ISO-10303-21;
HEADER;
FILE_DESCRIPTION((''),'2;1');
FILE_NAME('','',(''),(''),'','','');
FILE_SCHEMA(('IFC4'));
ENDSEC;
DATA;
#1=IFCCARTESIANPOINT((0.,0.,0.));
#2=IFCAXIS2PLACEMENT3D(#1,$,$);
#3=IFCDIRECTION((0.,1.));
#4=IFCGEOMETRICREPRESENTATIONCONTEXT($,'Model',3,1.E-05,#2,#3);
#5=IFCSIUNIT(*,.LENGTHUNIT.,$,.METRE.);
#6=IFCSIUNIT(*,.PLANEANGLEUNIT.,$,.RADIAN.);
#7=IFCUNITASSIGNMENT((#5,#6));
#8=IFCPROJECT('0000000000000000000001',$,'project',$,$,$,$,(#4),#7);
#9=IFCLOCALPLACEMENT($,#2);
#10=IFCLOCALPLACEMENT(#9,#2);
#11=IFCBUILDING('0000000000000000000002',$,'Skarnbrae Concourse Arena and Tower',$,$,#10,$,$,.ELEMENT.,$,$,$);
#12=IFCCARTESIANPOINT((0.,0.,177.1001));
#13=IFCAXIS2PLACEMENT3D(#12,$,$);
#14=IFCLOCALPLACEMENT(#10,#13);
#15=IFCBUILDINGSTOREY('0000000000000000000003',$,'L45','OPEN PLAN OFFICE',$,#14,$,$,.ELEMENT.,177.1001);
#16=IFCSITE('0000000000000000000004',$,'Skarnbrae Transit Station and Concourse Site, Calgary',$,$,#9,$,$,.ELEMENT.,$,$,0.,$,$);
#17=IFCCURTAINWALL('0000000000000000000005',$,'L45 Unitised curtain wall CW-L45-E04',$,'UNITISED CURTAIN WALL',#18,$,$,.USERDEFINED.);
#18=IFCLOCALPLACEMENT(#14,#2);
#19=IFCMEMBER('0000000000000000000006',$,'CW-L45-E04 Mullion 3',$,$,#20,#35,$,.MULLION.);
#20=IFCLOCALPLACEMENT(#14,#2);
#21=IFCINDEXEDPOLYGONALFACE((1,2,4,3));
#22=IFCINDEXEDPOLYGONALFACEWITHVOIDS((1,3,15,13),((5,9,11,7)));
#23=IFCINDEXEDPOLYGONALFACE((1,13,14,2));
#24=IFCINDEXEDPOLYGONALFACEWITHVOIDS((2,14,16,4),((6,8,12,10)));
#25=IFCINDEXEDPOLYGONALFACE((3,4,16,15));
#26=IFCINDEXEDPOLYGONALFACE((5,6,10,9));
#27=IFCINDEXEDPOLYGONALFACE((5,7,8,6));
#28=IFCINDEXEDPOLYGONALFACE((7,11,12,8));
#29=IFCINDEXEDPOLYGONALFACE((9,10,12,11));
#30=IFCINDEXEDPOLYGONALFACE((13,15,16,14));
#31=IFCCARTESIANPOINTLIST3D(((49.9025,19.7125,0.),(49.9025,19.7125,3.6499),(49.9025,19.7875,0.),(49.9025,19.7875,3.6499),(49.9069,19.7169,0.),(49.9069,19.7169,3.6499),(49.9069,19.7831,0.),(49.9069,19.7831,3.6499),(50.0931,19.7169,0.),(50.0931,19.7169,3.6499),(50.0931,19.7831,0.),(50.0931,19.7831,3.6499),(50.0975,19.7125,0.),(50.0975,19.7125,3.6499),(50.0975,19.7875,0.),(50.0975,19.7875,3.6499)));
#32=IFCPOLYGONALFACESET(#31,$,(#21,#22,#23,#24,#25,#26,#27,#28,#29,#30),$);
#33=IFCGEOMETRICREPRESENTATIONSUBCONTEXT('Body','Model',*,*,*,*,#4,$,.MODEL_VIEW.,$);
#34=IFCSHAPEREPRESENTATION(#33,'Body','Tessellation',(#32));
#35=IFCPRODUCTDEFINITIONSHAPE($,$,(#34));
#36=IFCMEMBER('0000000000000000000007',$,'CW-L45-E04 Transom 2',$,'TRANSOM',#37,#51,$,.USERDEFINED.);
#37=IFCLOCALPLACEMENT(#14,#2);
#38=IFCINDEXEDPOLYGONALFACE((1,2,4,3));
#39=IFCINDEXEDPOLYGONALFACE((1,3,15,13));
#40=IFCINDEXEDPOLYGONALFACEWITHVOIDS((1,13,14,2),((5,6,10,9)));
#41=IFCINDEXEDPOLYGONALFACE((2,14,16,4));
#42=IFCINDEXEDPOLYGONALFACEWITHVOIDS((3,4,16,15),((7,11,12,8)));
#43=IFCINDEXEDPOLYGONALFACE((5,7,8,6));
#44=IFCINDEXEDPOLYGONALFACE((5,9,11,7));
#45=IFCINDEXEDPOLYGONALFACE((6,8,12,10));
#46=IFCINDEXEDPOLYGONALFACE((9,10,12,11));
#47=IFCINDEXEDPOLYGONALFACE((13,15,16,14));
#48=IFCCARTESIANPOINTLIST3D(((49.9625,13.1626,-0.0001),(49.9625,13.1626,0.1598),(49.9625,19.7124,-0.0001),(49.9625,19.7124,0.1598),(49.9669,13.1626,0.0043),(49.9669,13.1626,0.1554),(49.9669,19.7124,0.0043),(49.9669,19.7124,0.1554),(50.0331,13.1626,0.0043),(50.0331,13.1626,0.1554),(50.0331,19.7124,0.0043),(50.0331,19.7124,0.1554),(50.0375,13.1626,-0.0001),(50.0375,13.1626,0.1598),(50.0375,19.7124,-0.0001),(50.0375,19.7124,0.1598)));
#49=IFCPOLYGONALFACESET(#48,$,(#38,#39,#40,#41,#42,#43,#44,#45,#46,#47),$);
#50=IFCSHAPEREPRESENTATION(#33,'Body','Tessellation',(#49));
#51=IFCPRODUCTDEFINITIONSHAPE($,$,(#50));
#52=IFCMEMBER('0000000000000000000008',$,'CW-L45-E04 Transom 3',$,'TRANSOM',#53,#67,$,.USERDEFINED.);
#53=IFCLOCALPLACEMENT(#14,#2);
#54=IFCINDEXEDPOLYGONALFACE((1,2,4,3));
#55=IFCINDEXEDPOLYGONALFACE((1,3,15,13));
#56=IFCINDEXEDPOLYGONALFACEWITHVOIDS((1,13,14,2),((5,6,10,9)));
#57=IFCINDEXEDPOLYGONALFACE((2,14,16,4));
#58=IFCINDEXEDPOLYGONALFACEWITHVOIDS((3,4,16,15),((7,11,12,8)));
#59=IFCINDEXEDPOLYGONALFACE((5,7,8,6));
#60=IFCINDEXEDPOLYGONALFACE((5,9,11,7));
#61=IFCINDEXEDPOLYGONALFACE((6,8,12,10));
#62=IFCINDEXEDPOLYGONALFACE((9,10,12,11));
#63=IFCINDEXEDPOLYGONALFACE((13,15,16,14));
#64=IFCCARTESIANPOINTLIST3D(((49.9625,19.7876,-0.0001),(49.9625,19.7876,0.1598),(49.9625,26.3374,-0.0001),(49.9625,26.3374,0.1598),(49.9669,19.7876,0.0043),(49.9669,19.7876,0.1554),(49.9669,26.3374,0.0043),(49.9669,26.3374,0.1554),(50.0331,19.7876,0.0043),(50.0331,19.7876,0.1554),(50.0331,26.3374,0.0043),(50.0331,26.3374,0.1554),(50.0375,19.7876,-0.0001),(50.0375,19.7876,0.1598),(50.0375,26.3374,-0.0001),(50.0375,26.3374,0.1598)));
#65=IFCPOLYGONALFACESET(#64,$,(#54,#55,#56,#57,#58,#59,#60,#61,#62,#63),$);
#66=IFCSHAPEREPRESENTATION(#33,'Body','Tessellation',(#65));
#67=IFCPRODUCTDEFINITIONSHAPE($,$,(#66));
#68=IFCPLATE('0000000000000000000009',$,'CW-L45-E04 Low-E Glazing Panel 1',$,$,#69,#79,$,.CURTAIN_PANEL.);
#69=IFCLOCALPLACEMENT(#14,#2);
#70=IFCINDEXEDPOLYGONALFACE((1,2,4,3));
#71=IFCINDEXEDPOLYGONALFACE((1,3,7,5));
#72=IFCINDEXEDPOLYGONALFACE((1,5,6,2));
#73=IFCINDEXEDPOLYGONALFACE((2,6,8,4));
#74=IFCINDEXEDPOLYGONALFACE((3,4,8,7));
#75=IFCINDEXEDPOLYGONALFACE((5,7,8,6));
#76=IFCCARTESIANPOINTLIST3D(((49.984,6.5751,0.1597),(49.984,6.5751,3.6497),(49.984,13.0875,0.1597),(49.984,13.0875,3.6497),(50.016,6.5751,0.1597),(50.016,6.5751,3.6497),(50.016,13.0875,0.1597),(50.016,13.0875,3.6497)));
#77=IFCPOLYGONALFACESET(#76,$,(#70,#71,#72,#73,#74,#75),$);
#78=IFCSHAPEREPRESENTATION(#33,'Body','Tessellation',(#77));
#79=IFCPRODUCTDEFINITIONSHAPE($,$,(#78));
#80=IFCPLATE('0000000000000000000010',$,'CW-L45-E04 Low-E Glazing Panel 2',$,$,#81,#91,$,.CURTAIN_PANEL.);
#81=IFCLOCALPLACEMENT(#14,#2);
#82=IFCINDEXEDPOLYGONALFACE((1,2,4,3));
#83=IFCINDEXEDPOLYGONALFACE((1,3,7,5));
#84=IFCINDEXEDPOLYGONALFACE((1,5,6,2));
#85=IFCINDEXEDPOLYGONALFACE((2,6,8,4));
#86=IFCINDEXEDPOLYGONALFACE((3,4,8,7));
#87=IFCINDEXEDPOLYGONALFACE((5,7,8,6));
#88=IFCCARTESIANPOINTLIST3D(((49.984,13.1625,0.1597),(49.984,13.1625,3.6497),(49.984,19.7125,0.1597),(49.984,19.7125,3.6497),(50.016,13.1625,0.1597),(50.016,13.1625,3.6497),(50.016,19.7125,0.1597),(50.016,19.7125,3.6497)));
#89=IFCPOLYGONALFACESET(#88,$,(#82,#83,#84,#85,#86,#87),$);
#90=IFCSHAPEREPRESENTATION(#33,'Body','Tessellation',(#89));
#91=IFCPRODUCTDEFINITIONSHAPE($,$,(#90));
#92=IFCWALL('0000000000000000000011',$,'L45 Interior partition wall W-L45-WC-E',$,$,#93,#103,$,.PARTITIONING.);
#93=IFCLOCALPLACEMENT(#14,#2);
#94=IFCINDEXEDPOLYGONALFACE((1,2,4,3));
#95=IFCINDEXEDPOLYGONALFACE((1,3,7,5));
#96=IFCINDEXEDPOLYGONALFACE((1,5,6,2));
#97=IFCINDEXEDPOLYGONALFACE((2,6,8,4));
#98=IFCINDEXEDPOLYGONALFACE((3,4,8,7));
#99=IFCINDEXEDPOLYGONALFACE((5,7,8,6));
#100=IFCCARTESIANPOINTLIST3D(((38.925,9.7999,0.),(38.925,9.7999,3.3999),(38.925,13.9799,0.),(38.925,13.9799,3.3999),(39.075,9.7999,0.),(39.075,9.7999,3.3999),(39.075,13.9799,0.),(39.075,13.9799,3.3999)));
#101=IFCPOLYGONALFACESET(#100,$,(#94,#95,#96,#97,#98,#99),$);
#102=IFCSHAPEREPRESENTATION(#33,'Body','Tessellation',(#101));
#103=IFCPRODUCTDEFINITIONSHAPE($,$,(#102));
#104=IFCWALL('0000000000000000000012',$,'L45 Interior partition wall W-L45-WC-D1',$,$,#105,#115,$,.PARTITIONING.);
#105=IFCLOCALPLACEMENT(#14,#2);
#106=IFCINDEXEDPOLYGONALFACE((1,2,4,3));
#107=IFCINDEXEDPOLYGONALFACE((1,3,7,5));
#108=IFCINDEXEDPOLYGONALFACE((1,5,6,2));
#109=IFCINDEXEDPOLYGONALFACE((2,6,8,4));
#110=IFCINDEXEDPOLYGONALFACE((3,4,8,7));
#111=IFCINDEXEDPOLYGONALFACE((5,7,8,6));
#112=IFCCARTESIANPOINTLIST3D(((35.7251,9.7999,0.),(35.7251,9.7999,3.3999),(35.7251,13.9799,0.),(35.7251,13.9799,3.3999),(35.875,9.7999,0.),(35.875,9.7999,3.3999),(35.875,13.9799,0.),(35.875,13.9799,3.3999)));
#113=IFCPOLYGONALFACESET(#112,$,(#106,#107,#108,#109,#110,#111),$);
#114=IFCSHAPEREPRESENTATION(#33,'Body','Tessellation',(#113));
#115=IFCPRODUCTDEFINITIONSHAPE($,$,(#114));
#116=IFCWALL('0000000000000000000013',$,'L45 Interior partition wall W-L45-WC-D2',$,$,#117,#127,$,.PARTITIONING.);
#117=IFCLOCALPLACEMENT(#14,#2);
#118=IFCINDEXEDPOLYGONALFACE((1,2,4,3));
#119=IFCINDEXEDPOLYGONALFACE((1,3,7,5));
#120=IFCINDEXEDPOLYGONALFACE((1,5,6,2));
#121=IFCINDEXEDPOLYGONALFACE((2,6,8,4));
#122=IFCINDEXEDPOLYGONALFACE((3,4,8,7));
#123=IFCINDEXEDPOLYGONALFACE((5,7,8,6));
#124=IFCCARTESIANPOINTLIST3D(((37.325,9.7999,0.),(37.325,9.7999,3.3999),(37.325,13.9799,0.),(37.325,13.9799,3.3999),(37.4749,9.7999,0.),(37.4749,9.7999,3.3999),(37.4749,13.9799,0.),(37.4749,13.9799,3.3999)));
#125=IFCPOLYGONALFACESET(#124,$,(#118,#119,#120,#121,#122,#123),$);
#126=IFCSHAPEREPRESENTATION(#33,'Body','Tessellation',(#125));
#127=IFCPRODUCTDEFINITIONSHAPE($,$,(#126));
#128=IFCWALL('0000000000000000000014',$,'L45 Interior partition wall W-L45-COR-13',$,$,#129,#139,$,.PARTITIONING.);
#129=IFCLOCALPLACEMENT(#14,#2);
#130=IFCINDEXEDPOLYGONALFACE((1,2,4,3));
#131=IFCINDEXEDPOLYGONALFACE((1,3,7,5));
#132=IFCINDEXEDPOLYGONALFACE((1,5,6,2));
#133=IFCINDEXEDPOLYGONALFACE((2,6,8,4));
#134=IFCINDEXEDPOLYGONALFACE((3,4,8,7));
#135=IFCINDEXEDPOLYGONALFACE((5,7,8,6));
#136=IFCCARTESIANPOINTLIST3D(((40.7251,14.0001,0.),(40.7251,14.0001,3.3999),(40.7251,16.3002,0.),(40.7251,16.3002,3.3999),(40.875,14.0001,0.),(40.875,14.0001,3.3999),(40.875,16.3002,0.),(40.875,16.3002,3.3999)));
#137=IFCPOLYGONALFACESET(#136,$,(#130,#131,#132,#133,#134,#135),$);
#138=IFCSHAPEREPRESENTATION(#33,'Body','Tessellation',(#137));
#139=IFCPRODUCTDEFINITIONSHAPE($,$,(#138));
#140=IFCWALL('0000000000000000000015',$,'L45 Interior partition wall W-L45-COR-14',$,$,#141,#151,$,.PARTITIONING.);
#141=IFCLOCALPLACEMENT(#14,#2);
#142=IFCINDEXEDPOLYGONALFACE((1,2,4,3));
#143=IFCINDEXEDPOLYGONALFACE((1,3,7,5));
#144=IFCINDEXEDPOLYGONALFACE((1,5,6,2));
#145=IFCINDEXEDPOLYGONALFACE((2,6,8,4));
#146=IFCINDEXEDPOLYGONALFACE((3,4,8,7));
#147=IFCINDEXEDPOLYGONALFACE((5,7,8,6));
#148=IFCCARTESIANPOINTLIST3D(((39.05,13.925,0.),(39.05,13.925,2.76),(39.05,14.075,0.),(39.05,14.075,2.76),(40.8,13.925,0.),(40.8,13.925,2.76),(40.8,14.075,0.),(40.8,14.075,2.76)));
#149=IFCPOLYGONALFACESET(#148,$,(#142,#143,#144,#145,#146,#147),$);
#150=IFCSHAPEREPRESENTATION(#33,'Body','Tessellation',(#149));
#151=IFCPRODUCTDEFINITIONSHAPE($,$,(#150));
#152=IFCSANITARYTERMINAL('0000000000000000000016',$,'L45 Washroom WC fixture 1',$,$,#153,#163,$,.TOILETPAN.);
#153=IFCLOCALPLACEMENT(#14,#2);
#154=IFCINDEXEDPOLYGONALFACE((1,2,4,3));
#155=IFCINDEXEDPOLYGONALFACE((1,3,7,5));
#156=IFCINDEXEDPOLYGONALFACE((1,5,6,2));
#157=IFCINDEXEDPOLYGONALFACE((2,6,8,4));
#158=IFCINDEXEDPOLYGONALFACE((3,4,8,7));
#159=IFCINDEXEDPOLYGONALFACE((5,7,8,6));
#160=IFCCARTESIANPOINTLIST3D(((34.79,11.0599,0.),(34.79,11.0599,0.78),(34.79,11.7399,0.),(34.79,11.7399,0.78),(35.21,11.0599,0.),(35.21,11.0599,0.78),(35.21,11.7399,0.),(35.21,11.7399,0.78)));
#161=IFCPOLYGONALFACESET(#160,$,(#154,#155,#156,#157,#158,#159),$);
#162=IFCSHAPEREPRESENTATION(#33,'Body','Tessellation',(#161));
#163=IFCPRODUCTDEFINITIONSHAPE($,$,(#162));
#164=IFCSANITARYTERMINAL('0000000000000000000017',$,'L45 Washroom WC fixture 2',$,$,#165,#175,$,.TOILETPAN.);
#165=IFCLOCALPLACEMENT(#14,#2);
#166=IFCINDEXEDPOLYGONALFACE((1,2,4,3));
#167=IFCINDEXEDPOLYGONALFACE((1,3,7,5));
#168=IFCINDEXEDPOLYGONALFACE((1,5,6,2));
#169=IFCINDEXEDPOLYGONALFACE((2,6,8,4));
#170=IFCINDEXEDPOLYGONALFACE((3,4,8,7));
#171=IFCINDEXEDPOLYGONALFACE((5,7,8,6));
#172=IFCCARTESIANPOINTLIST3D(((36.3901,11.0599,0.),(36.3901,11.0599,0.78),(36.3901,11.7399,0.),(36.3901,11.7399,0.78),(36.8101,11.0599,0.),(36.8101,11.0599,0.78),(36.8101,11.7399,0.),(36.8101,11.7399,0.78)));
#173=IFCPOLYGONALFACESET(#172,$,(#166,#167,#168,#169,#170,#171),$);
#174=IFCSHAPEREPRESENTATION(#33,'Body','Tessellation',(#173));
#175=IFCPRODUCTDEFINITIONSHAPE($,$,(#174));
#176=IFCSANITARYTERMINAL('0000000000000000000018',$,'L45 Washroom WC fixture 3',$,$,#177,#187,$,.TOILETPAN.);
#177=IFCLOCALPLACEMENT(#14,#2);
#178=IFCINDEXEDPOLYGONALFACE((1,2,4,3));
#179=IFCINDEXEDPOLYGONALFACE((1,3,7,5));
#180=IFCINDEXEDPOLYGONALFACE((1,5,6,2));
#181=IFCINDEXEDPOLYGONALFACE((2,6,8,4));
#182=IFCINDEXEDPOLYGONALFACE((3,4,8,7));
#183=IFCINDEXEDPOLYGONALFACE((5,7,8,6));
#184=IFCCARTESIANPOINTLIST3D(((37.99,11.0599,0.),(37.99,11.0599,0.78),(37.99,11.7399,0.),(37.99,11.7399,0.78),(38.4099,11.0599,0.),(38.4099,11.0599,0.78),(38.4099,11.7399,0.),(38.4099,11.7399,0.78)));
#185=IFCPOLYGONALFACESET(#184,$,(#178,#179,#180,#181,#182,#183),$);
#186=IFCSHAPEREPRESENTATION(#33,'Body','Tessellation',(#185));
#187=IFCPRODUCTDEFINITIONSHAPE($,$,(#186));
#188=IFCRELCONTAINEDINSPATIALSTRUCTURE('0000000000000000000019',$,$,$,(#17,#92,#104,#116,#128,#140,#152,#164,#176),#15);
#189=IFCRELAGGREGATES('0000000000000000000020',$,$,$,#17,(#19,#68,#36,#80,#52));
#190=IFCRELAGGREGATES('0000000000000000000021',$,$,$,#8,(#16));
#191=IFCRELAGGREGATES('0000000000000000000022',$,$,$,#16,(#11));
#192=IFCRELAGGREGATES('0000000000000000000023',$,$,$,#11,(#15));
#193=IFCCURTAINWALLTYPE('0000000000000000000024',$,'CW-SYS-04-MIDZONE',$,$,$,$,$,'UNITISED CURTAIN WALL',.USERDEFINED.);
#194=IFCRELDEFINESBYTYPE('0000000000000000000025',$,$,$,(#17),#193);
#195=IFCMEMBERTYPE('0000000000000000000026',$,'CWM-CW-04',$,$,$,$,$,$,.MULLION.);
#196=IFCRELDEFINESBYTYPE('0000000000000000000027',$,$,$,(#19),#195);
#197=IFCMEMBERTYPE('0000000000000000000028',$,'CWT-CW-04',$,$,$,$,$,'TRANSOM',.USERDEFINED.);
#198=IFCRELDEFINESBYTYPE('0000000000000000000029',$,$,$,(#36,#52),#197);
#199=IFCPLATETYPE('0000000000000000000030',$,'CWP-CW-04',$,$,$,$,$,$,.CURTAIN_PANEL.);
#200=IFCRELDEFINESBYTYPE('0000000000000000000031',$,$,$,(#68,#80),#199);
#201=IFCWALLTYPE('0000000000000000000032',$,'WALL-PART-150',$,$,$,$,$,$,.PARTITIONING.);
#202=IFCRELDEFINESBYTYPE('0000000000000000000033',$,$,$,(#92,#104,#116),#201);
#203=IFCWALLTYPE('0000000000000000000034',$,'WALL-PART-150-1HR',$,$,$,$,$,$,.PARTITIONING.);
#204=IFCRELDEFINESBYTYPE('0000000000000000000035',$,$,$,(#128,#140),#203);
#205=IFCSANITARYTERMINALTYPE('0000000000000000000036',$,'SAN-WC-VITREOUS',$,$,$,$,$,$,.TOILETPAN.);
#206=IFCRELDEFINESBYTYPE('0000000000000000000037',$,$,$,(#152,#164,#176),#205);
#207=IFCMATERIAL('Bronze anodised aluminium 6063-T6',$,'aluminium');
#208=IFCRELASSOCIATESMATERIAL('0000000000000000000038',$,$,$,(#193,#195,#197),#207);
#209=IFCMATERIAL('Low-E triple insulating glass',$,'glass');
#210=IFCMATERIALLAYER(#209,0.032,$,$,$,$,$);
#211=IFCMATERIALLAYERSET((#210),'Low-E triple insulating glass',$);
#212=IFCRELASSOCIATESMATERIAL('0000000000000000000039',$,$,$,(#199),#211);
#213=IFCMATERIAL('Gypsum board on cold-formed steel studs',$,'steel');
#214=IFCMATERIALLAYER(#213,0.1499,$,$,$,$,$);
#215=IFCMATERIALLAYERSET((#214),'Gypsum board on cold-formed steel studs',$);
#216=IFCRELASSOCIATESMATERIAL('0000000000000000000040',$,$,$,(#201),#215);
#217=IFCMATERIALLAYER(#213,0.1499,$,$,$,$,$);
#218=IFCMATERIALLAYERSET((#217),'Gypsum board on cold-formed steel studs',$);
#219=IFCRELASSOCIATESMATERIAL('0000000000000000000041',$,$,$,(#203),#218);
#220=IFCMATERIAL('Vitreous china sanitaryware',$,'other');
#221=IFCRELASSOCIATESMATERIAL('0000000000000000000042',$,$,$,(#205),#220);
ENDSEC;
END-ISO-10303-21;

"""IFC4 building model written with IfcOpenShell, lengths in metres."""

from ifc_helpers import new_model, si_unit, direction, frame, frame_2d, origin, origin_2d, place, context, subcontext, project, spatial, rectangle, hollow_rectangle, extrude, source, transform, mapped, material, layer, layer_set, material_profile, profile_set, type_object, element, aggregate, save


model = new_model("IFC4")

# Units and contexts
model_context = context("Model", 3, precision=1e-05, world=origin(), true_north=direction((0.0, 1.0)))
body_context = subcontext(model_context, "Body", "Model", "MODEL_VIEW")
ifc_project = project(units=[si_unit("LENGTHUNIT", "METRE"), si_unit("PLANEANGLEUNIT", "RADIAN")], contexts=[model_context])

# Site, building, storey
site_placement = place(None, origin())
site = spatial("IfcSite", under=ifc_project, at=site_placement, Name="Skarnbrae Transit Station and Concourse Site, Calgary", CompositionType="ELEMENT", RefElevation=0.0)
building_placement = place(site_placement, origin())
building = spatial("IfcBuilding", under=site, at=building_placement, Name="Skarnbrae Concourse Arena and Tower", CompositionType="ELEMENT")
storey_placement = place(building_placement, frame((0.0, 0.0, 177.1001)))
storey = spatial("IfcBuildingStorey", under=building, at=storey_placement, Name="L45", Description="OPEN PLAN OFFICE", CompositionType="ELEMENT", Elevation=177.1001)

# Curtain wall, members, plates
ifc_material_1 = material(Name="Bronze anodised aluminium 6063-T6", Category="aluminium")
curtain_wall_type = type_object("IfcCurtainWallType", Name="CW-SYS-04-MIDZONE", ElementType="UNITISED CURTAIN WALL", PredefinedType="USERDEFINED", material=ifc_material_1)
curtain_wall_placement = place(storey_placement, origin())
curtain_wall = element("IfcCurtainWall", 1, at=curtain_wall_placement, inside=storey, type_object=curtain_wall_type, Name="L45 Unitised curtain wall CW-L45-E04", ObjectType="UNITISED CURTAIN WALL", PredefinedType="USERDEFINED")
ifc_material_profile_1 = material_profile(ifc_material_1, hollow_rectangle(XDim=0.075, YDim=0.1951, WallThickness=0.0044, at=origin_2d()), Name="ALU-MULL-75X195")
ifc_profile_set_1 = profile_set([ifc_material_profile_1], Name="Bronze anodised aluminium 6063-T6")
member_type_1 = type_object("IfcMemberType", Name="CWM-CW-04", PredefinedType="MULLION", material=ifc_profile_set_1)
shared_shape_1 = source(origin(), body_context, "Body", "SweptSolid", [
    extrude(hollow_rectangle(XDim=0.075, YDim=0.1951, WallThickness=0.0044, at=origin_2d()), origin(), (0.0, 0.0, 1.0), 3.6499),
])
member_1_placement = place(storey_placement, frame((50.0, 19.75, 0.0), z_axis=(0.0, 0.0, 1.0), x_axis=(0.0, 1.0, 0.0)))
member_1 = element("IfcMember", 2, at=member_1_placement, type_object=member_type_1, Name="CW-L45-E04 Mullion 3", PredefinedType="MULLION", context=body_context, shape_type="MappedRepresentation", body=[
    mapped(shared_shape_1, transform((0.0, 0.0, 0.0))),
])
ifc_material_profile_2 = material_profile(ifc_material_1, hollow_rectangle(XDim=0.075, YDim=0.1599, WallThickness=0.0044, at=origin_2d()), Name="ALU-TRAN-75X160")
ifc_profile_set_2 = profile_set([ifc_material_profile_2], Name="Bronze anodised aluminium 6063-T6")
member_type_2 = type_object("IfcMemberType", Name="CWT-CW-04", ElementType="TRANSOM", PredefinedType="USERDEFINED", material=ifc_profile_set_2)
shared_shape_2 = source(origin(), body_context, "Body", "SweptSolid", [
    extrude(hollow_rectangle(XDim=0.075, YDim=0.1599, WallThickness=0.0044, at=origin_2d()), origin(), (0.0, 0.0, 1.0), 6.5498),
])
member_2_placement = place(storey_placement, frame((50.0, 13.1626, 0.0798), z_axis=(0.0, 1.0, 0.0), x_axis=(-1.0, 0.0, 0.0)))
member_2 = element("IfcMember", 3, at=member_2_placement, type_object=member_type_2, Name="CW-L45-E04 Transom 2", ObjectType="TRANSOM", PredefinedType="USERDEFINED", context=body_context, shape_type="MappedRepresentation", body=[
    mapped(shared_shape_2, transform((0.0, 0.0, 0.0))),
])
member_3_placement = place(storey_placement, frame((50.0, 19.7876, 0.0798), z_axis=(0.0, 1.0, 0.0), x_axis=(-1.0, 0.0, 0.0)))
member_3 = element("IfcMember", 4, at=member_3_placement, type_object=member_type_2, Name="CW-L45-E04 Transom 3", ObjectType="TRANSOM", PredefinedType="USERDEFINED", context=body_context, shape_type="MappedRepresentation", body=[
    mapped(shared_shape_2, transform((0.0, 0.0, 0.0))),
])
ifc_material_2 = material(Name="Low-E triple insulating glass", Category="glass")
ifc_layer_1 = layer(ifc_material_2, 0.032)
ifc_layer_set_1 = layer_set([ifc_layer_1], Name="Low-E triple insulating glass")
plate_type = type_object("IfcPlateType", Name="CWP-CW-04", PredefinedType="CURTAIN_PANEL", material=ifc_layer_set_1)
shared_shape_3 = source(origin(), body_context, "Body", "SweptSolid", [
    extrude(rectangle(XDim=6.5125, YDim=0.032, at=origin_2d()), origin(), (0.0, 0.0, 1.0), 3.49),
])
plate_1_placement = place(storey_placement, frame((50.0, 9.8313, 0.1597), z_axis=(0.0, 0.0, 1.0), x_axis=(0.0, 1.0, 0.0)))
plate_1 = element("IfcPlate", 5, at=plate_1_placement, type_object=plate_type, Name="CW-L45-E04 Low-E Glazing Panel 1", PredefinedType="CURTAIN_PANEL", context=body_context, shape_type="MappedRepresentation", body=[
    mapped(shared_shape_3, transform((0.0, 0.0, 0.0))),
])
shared_shape_4 = source(origin(), body_context, "Body", "SweptSolid", [
    extrude(rectangle(XDim=6.55, YDim=0.032, at=origin_2d()), origin(), (0.0, 0.0, 1.0), 3.49),
])
plate_2_placement = place(storey_placement, frame((50.0, 16.4375, 0.1597), z_axis=(0.0, 0.0, 1.0), x_axis=(0.0, 1.0, 0.0)))
plate_2 = element("IfcPlate", 6, at=plate_2_placement, type_object=plate_type, Name="CW-L45-E04 Low-E Glazing Panel 2", PredefinedType="CURTAIN_PANEL", context=body_context, shape_type="MappedRepresentation", body=[
    mapped(shared_shape_4, transform((0.0, 0.0, 0.0))),
])
aggregate(curtain_wall, [member_1, plate_1, member_2, plate_2, member_3])

# Walls
ifc_material_3 = material(Name="Gypsum board on cold-formed steel studs", Category="steel")
ifc_layer_2 = layer(ifc_material_3, 0.1499)
ifc_layer_set_2 = layer_set([ifc_layer_2], Name="Gypsum board on cold-formed steel studs")
wall_type_1 = type_object("IfcWallType", Name="WALL-PART-150", PredefinedType="PARTITIONING", material=ifc_layer_set_2)
shared_shape_5 = source(origin(), body_context, "Body", "SweptSolid", [
    extrude(rectangle(XDim=4.1799, YDim=0.1499, at=frame_2d((2.0898, 0.0))), origin(), (0.0, 0.0, 1.0), 3.3999),
])
for number, where, z_axis, x_axis, name in (
    (7, (39.0, 9.8, 0.0), (0.0, 0.0, 1.0), (0.0, 1.0, 0.0), "L45 Interior partition wall W-L45-WC-E"),
    (8, (35.8, 9.8, 0.0), (0.0, 0.0, 1.0), (0.0, 1.0, 0.0), "L45 Interior partition wall W-L45-WC-D1"),
    (9, (37.3999, 9.8, 0.0), (0.0, 0.0, 1.0), (0.0, 1.0, 0.0), "L45 Interior partition wall W-L45-WC-D2"),
):
    element("IfcWall", number, at=place(storey_placement, frame(where, z_axis=z_axis, x_axis=x_axis)), inside=storey, type_object=wall_type_1, Name=name, PredefinedType="PARTITIONING", context=body_context, shape_type="MappedRepresentation", body=[
        mapped(shared_shape_5, transform((0.0, 0.0, 0.0))),
    ])
ifc_layer_3 = layer(ifc_material_3, 0.1499)
ifc_layer_set_3 = layer_set([ifc_layer_3], Name="Gypsum board on cold-formed steel studs")
wall_type_2 = type_object("IfcWallType", Name="WALL-PART-150-1HR", PredefinedType="PARTITIONING", material=ifc_layer_set_3)
shared_shape_6 = source(origin(), body_context, "Body", "SweptSolid", [
    extrude(rectangle(XDim=2.3, YDim=0.1499, at=frame_2d((1.1499, 0.0))), origin(), (0.0, 0.0, 1.0), 3.3999),
])
wall_1_placement = place(storey_placement, frame((40.8, 16.3, 0.0), z_axis=(0.0, 0.0, 1.0), x_axis=(0.0, -1.0, 0.0)))
element("IfcWall", 10, at=wall_1_placement, inside=storey, type_object=wall_type_2, Name="L45 Interior partition wall W-L45-COR-13", PredefinedType="PARTITIONING", context=body_context, shape_type="MappedRepresentation", body=[
    mapped(shared_shape_6, transform((0.0, 0.0, 0.0))),
])
shared_shape_7 = source(origin(), body_context, "Body", "SweptSolid", [
    extrude(rectangle(XDim=1.75, YDim=0.1499, at=frame_2d((0.875, 0.0))), origin(), (0.0, 0.0, 1.0), 2.76),
])
wall_2_placement = place(storey_placement, frame((40.8, 14.0, 0.0), z_axis=(0.0, 0.0, 1.0), x_axis=(-1.0, 0.0, 0.0)))
element("IfcWall", 11, at=wall_2_placement, inside=storey, type_object=wall_type_2, Name="L45 Interior partition wall W-L45-COR-14", PredefinedType="PARTITIONING", context=body_context, shape_type="MappedRepresentation", body=[
    mapped(shared_shape_7, transform((0.0, 0.0, 0.0))),
])

# Sanitary terminals
ifc_material_4 = material(Name="Vitreous china sanitaryware", Category="other")
sanitary_terminal_type = type_object("IfcSanitaryTerminalType", Name="SAN-WC-VITREOUS", PredefinedType="TOILETPAN", material=ifc_material_4)
shared_shape_8 = source(origin(), body_context, "Body", "SweptSolid", [
    extrude(rectangle(XDim=0.4199, YDim=0.6799, at=origin_2d()), origin(), (0.0, 0.0, 1.0), 0.78),
])
for number, where, z_axis, x_axis, name in (
    (12, (35.0, 11.3999, 0.0), (0.0, 0.0, 1.0), (1.0, 0.0, 0.0), "L45 Washroom WC fixture 1"),
    (13, (36.6001, 11.3999, 0.0), (0.0, 0.0, 1.0), (1.0, 0.0, 0.0), "L45 Washroom WC fixture 2"),
    (14, (38.2, 11.3999, 0.0), (0.0, 0.0, 1.0), (1.0, 0.0, 0.0), "L45 Washroom WC fixture 3"),
):
    element("IfcSanitaryTerminal", number, at=place(storey_placement, frame(where, z_axis=z_axis, x_axis=x_axis)), inside=storey, type_object=sanitary_terminal_type, Name=name, PredefinedType="TOILETPAN", context=body_context, shape_type="MappedRepresentation", body=[
        mapped(shared_shape_8, transform((0.0, 0.0, 0.0))),
    ])

save(model, "model.ifc")
